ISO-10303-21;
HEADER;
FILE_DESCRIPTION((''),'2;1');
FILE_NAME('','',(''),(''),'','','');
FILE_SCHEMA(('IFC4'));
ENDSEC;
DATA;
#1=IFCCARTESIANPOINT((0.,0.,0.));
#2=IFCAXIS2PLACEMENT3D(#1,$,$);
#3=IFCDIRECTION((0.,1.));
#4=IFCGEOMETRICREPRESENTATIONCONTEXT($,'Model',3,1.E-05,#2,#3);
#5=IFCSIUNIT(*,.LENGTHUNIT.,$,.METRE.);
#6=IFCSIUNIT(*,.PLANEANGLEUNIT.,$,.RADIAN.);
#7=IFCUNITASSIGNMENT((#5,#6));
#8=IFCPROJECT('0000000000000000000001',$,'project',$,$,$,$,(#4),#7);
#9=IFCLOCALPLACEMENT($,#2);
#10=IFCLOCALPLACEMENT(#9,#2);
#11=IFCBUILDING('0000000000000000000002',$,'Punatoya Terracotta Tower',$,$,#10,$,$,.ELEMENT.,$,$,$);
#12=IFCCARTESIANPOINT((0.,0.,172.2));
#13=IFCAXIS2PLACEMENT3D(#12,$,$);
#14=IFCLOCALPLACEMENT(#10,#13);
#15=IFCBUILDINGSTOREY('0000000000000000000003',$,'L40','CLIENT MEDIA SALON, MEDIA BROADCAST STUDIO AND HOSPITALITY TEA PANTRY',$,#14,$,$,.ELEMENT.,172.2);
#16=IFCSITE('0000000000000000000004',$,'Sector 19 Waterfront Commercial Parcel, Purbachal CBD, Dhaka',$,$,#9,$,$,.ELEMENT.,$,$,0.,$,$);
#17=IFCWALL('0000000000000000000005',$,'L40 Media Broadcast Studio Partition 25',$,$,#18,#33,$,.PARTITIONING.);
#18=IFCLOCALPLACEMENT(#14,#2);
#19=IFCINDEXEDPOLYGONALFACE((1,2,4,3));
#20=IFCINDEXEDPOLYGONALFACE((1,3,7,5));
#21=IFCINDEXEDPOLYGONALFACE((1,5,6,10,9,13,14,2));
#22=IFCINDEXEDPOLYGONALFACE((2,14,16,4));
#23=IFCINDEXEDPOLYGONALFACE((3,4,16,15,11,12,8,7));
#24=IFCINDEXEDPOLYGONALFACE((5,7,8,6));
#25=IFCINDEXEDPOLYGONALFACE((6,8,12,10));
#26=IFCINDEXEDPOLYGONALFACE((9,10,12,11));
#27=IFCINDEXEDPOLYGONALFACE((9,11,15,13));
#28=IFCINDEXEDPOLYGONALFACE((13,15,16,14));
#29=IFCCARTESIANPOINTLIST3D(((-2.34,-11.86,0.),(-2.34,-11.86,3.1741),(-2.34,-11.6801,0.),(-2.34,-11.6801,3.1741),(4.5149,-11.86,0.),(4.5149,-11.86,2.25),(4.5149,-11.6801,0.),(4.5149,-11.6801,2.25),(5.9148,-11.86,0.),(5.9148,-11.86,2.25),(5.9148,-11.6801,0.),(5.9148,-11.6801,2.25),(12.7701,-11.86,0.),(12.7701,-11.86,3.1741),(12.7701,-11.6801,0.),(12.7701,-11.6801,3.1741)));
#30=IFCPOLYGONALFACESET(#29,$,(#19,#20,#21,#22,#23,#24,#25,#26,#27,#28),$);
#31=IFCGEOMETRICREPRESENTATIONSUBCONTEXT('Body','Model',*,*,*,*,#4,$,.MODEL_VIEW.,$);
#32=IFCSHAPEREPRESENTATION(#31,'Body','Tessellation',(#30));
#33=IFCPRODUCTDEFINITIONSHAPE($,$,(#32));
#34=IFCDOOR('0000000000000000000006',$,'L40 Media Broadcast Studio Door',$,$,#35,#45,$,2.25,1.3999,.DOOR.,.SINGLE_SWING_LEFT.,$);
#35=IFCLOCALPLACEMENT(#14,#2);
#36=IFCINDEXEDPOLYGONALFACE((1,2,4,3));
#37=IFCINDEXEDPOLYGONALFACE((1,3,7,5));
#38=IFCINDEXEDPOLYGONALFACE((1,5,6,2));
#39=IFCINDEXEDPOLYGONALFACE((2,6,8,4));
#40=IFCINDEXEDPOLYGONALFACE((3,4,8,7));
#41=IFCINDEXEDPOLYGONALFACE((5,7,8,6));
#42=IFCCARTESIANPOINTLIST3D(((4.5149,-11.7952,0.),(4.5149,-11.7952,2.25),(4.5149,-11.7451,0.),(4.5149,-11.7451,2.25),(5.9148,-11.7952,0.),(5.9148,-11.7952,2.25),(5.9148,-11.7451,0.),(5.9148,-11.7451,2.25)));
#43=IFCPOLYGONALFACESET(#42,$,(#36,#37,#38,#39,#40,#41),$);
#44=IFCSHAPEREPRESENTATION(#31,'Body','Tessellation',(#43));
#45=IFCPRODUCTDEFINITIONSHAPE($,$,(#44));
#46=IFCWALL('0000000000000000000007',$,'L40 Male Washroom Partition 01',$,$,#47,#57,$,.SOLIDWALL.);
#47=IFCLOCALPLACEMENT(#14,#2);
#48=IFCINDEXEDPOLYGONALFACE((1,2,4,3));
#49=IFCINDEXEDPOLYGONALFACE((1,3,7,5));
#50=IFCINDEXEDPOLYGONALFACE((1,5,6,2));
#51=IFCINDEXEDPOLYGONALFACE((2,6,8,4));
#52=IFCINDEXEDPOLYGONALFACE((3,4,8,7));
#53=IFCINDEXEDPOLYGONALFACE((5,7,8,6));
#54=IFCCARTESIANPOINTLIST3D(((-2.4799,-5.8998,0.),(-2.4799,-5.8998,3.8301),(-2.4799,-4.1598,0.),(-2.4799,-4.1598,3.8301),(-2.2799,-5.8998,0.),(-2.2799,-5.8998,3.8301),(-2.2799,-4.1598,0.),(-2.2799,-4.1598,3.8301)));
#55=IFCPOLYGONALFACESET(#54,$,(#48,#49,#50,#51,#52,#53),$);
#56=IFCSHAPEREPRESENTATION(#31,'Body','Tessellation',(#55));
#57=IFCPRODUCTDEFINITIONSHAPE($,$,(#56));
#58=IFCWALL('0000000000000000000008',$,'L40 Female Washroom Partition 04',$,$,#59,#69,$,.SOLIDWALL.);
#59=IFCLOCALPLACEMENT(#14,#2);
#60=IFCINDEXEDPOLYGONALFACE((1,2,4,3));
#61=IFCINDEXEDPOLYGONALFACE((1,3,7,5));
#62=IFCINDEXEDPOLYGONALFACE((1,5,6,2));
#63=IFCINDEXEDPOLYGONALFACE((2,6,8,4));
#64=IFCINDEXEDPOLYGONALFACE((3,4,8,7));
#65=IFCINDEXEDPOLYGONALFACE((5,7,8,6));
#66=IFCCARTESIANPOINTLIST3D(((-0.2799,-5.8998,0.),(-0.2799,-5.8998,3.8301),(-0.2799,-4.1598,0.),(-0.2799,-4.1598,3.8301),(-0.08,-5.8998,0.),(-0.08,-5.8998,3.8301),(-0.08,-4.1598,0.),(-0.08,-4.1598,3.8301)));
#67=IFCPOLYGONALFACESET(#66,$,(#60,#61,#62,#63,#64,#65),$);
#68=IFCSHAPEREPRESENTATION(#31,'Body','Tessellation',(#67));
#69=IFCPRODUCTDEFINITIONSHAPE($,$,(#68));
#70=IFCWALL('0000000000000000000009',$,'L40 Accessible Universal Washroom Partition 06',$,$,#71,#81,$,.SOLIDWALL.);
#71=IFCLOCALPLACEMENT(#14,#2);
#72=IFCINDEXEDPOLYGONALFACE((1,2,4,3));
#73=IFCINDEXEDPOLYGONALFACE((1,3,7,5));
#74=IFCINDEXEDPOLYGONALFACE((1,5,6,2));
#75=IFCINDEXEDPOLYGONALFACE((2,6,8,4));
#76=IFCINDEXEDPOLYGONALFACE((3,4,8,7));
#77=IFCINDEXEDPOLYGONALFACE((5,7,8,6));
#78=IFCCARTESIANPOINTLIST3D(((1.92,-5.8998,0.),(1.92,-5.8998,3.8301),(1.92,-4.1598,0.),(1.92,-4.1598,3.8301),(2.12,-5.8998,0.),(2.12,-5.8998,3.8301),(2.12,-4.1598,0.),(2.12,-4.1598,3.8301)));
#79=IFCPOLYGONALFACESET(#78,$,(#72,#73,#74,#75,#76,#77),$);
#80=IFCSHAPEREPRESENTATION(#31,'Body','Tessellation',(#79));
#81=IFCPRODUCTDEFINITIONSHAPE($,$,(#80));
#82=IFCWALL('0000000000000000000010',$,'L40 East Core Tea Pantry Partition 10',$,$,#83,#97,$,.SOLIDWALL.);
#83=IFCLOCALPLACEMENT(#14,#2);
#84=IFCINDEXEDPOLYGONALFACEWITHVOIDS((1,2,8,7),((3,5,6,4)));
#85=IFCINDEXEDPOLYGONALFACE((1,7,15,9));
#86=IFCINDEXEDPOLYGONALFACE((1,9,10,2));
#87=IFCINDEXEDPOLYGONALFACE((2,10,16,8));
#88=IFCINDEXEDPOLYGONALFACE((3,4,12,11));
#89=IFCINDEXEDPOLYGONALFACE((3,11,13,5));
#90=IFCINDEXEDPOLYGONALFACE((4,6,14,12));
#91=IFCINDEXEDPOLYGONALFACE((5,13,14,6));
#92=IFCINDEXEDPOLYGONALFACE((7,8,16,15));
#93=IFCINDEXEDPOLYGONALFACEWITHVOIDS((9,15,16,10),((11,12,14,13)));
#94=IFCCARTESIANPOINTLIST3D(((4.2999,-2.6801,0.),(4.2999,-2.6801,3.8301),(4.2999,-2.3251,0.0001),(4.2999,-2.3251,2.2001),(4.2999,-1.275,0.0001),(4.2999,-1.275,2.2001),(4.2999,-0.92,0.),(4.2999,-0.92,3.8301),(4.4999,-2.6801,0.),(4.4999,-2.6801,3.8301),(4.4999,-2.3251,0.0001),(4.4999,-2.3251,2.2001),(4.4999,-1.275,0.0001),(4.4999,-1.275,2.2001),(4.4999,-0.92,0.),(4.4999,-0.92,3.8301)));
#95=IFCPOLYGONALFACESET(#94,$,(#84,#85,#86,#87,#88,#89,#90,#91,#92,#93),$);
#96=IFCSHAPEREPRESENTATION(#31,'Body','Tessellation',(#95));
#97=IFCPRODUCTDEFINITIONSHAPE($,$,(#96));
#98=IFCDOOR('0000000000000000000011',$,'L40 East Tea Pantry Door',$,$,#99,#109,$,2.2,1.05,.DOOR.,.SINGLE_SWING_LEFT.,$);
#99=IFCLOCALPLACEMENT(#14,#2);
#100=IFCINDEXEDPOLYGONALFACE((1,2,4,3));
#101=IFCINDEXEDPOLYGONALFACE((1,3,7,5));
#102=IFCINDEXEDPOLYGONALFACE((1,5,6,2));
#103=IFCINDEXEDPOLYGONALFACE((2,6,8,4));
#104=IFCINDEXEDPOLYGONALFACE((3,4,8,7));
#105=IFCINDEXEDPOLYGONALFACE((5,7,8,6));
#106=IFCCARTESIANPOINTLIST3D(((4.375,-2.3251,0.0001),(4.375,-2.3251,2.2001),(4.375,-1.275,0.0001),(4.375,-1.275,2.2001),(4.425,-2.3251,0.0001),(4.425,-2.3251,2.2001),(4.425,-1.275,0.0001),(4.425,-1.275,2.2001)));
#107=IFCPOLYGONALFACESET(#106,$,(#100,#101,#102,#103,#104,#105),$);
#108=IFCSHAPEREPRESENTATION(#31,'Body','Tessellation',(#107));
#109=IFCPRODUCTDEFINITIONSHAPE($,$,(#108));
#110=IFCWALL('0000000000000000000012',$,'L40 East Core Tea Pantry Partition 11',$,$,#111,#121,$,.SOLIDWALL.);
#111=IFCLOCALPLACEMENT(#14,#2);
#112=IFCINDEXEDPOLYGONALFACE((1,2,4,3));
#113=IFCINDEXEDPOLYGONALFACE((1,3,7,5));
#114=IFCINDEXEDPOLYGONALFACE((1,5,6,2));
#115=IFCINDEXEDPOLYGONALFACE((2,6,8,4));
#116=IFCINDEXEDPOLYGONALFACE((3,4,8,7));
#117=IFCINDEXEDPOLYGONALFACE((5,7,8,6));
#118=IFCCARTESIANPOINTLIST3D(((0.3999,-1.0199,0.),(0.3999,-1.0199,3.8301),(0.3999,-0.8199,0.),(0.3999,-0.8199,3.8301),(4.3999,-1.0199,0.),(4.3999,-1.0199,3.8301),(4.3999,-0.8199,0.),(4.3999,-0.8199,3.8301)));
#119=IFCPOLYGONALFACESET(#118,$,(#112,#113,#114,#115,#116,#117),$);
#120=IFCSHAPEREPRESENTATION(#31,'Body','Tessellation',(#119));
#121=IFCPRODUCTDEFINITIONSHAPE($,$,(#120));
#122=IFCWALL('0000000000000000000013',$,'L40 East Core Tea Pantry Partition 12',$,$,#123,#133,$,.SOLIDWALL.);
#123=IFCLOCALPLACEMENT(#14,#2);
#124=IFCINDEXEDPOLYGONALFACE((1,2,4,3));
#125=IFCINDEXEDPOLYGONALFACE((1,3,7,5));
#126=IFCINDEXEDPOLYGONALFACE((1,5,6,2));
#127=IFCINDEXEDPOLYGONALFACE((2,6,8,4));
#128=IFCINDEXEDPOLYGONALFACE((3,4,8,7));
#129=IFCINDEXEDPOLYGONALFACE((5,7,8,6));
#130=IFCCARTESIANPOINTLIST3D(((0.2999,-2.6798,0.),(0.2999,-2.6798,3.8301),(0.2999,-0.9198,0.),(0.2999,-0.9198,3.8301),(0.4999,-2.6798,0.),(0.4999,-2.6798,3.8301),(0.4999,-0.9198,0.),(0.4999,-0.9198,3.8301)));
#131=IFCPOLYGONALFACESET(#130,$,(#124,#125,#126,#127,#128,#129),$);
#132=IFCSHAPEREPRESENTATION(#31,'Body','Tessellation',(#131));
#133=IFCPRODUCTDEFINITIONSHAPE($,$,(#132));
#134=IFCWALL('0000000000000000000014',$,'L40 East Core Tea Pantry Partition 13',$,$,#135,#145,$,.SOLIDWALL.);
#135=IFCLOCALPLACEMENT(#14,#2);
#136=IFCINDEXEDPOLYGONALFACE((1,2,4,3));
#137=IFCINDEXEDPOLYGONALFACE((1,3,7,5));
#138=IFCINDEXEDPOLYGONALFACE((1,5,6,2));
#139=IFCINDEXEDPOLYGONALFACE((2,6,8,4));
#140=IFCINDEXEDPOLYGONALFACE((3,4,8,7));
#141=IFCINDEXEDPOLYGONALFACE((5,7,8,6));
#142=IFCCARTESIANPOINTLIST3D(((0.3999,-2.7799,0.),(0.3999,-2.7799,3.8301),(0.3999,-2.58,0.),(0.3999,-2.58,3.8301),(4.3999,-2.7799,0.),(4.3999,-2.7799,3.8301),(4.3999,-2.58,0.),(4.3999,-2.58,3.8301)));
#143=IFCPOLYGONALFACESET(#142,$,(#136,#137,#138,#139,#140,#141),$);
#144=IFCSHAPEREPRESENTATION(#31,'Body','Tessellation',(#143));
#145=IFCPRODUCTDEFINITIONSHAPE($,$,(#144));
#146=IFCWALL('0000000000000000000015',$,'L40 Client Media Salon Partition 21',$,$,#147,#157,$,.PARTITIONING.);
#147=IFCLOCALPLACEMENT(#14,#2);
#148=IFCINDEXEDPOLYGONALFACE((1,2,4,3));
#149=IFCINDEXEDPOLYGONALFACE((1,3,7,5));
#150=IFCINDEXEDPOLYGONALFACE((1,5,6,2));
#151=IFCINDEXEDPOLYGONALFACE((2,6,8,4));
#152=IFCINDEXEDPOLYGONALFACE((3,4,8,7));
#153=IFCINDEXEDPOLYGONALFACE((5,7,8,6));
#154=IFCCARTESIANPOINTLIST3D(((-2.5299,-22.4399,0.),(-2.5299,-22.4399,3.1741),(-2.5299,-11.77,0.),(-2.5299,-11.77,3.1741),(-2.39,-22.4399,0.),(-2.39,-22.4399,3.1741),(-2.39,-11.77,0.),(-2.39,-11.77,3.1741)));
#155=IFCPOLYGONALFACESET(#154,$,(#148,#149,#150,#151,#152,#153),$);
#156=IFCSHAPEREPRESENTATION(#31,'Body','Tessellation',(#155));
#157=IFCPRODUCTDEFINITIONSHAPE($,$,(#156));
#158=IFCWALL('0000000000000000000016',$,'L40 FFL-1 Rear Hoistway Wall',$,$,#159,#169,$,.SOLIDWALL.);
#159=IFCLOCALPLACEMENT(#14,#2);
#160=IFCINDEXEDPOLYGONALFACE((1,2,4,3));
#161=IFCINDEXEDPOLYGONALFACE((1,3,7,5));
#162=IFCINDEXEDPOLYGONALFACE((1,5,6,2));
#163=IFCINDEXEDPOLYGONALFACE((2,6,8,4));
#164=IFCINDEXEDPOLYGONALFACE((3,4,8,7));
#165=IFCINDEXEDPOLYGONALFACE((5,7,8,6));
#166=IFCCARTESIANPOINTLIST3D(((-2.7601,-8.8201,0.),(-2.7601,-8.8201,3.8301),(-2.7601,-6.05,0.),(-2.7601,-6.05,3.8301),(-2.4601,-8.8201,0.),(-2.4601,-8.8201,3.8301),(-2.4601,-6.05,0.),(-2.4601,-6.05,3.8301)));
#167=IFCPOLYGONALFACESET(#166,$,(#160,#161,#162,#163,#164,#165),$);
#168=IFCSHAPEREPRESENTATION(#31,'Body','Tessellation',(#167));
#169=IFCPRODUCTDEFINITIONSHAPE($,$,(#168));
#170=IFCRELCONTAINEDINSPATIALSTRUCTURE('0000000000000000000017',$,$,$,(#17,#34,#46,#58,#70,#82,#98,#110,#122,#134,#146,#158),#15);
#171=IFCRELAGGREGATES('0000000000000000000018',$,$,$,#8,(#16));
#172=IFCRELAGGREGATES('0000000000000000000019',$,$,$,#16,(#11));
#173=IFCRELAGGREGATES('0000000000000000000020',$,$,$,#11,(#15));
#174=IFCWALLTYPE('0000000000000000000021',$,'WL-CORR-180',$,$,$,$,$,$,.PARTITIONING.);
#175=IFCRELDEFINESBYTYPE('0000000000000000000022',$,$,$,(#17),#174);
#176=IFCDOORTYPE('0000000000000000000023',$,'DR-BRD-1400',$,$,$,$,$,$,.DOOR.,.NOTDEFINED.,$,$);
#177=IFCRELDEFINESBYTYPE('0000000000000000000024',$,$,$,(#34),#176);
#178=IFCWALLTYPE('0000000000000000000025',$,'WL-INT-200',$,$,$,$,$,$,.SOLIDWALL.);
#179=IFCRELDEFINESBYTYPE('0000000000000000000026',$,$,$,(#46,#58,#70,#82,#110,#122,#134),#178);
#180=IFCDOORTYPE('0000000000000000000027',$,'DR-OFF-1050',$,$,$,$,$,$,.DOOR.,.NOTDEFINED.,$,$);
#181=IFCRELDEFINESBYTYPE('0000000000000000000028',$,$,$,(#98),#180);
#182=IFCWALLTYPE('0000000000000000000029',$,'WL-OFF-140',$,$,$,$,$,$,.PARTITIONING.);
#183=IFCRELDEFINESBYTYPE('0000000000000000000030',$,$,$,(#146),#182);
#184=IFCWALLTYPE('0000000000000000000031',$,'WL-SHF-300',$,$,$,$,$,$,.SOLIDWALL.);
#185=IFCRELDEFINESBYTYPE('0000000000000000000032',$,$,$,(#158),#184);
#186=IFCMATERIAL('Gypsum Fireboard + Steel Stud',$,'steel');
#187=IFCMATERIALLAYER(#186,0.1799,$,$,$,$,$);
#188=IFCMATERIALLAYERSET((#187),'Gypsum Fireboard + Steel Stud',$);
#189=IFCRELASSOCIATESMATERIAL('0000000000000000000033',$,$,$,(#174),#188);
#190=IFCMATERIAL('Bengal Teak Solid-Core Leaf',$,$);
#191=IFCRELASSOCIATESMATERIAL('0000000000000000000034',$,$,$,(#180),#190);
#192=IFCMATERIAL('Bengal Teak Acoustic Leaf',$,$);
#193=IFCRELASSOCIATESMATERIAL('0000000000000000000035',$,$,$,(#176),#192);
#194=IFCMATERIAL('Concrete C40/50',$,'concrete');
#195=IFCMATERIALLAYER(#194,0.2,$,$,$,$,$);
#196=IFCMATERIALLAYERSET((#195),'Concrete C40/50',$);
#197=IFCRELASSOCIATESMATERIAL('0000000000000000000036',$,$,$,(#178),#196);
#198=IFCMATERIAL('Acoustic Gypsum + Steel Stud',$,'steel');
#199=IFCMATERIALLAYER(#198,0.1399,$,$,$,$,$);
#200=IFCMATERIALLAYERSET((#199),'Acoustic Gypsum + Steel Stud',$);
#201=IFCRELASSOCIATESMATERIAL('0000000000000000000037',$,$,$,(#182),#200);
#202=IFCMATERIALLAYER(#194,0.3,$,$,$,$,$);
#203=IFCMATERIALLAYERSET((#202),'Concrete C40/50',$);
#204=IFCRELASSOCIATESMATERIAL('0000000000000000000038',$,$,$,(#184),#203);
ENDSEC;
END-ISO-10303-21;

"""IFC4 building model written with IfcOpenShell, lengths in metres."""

from ifc_helpers import new_model, si_unit, direction, frame, frame_2d, origin, place, context, subcontext, project, spatial, rectangle, extrude, material, layer, layer_set, type_object, element, fill, save


model = new_model("IFC4")

# Units and contexts
model_context = context("Model", 3, precision=1e-05, world=origin(), true_north=direction((0.0, 1.0)))
body_context = subcontext(model_context, "Body", "Model", "MODEL_VIEW")
ifc_project = project(units=[si_unit("LENGTHUNIT", "METRE"), si_unit("PLANEANGLEUNIT", "RADIAN")], contexts=[model_context])

# Site, building, storey
site_placement = place(None, origin())
site = spatial("IfcSite", under=ifc_project, at=site_placement, Name="Sector 19 Waterfront Commercial Parcel, Purbachal CBD, Dhaka", CompositionType="ELEMENT", RefElevation=0.0)
building_placement = place(site_placement, origin())
building = spatial("IfcBuilding", under=site, at=building_placement, Name="Punatoya Terracotta Tower", CompositionType="ELEMENT")
storey_placement = place(building_placement, frame((0.0, 0.0, 172.2)))
storey = spatial("IfcBuildingStorey", under=building, at=storey_placement, Name="L40", Description="CLIENT MEDIA SALON, MEDIA BROADCAST STUDIO AND HOSPITALITY TEA PANTRY", CompositionType="ELEMENT", Elevation=172.2)

# Shared definitions
ifc_material_1 = material(Name="Concrete C40/50", Category="concrete")

# Shared definitions
ifc_material_2 = material(Name="Gypsum Fireboard + Steel Stud", Category="steel")
ifc_layer_1 = layer(ifc_material_2, 0.1799)
ifc_layer_set_1 = layer_set([ifc_layer_1], Name="Gypsum Fireboard + Steel Stud")
wall_type_1 = type_object("IfcWallType", Name="WL-CORR-180", PredefinedType="PARTITIONING", material=ifc_layer_set_1)

# Wall, opening, door
ifc_material_3 = material(Name="Bengal Teak Solid-Core Leaf")
door_type_1 = type_object("IfcDoorType", Name="DR-OFF-1050", OperationType="NOTDEFINED", PredefinedType="DOOR", material=ifc_material_3)
wall_1_placement = place(storey_placement, frame((-2.3401, -11.77, 0.0), z_axis=(0.0, 0.0, 1.0), x_axis=(1.0, 0.0, 0.0)))
wall_1 = element("IfcWall", 1, at=wall_1_placement, inside=storey, type_object=wall_type_1, Name="L40 Media Broadcast Studio Partition 25", PredefinedType="PARTITIONING", context=body_context, shape_type="SweptSolid", body=[
    extrude(rectangle(XDim=15.1101, YDim=0.1799, at=frame_2d((7.5552, 0.0))), origin(), (0.0, 0.0, 1.0), 3.1741),
])
opening_1_placement = place(wall_1_placement, frame((6.855, 0.0, 0.0)))
opening_1 = element("IfcOpeningElement", 2, at=opening_1_placement, cuts=wall_1, PredefinedType="OPENING", context=body_context, shape_type="SweptSolid", body=[
    extrude(rectangle(XDim=1.3999, YDim=2.25, at=frame_2d((0.7, 1.125))), frame((0.0, 0.0999, 0.0), z_axis=(0.0, -1.0, 0.0), x_axis=(1.0, 0.0, 0.0)), (0.0, 0.0, 1.0), 0.2),
])
ifc_material_4 = material(Name="Bengal Teak Acoustic Leaf")
door_type_2 = type_object("IfcDoorType", Name="DR-BRD-1400", OperationType="NOTDEFINED", PredefinedType="DOOR", material=ifc_material_4)
door_1_placement = place(opening_1_placement, origin())
door_1 = element("IfcDoor", 3, at=door_1_placement, inside=storey, type_object=door_type_2, Name="L40 Media Broadcast Studio Door", OperationType="SINGLE_SWING_LEFT", OverallHeight=2.25, OverallWidth=1.3999, PredefinedType="DOOR", context=body_context, shape_type="SweptSolid", body=[
    extrude(rectangle(XDim=1.3999, YDim=2.25, at=frame_2d((0.7, 1.125))), frame((0.0, 0.0249, 0.0), z_axis=(0.0, -1.0, 0.0), x_axis=(1.0, 0.0, 0.0)), (0.0, 0.0, 1.0), 0.05),
])
fill(opening_1, door_1)

# Wall
ifc_layer_2 = layer(ifc_material_1, 0.2)
ifc_layer_set_2 = layer_set([ifc_layer_2], Name="Concrete C40/50")
wall_type_2 = type_object("IfcWallType", Name="WL-INT-200", PredefinedType="SOLIDWALL", material=ifc_layer_set_2)
wall_2_placement = place(storey_placement, frame((-2.3799, -5.8999, 0.0), z_axis=(0.0, 0.0, 1.0), x_axis=(0.0, 1.0, 0.0)))
element("IfcWall", 4, at=wall_2_placement, inside=storey, type_object=wall_type_2, Name="L40 Male Washroom Partition 01", PredefinedType="SOLIDWALL", context=body_context, shape_type="SweptSolid", body=[
    extrude(rectangle(XDim=1.74, YDim=0.2, at=frame_2d((0.8701, 0.0))), origin(), (0.0, 0.0, 1.0), 3.8301),
])

# Wall
wall_3_placement = place(storey_placement, frame((-0.1799, -5.8999, 0.0), z_axis=(0.0, 0.0, 1.0), x_axis=(0.0, 1.0, 0.0)))
element("IfcWall", 5, at=wall_3_placement, inside=storey, type_object=wall_type_2, Name="L40 Female Washroom Partition 04", PredefinedType="SOLIDWALL", context=body_context, shape_type="SweptSolid", body=[
    extrude(rectangle(XDim=1.74, YDim=0.2, at=frame_2d((0.8701, 0.0))), origin(), (0.0, 0.0, 1.0), 3.8301),
])

# Wall
wall_4_placement = place(storey_placement, frame((2.02, -5.8999, 0.0), z_axis=(0.0, 0.0, 1.0), x_axis=(0.0, 1.0, 0.0)))
element("IfcWall", 6, at=wall_4_placement, inside=storey, type_object=wall_type_2, Name="L40 Accessible Universal Washroom Partition 06", PredefinedType="SOLIDWALL", context=body_context, shape_type="SweptSolid", body=[
    extrude(rectangle(XDim=1.74, YDim=0.2, at=frame_2d((0.8701, 0.0))), origin(), (0.0, 0.0, 1.0), 3.8301),
])

# Wall, opening, door
wall_5_placement = place(storey_placement, frame((4.3999, -2.6799, 0.0), z_axis=(0.0, 0.0, 1.0), x_axis=(0.0, 1.0, 0.0)))
wall_5 = element("IfcWall", 7, at=wall_5_placement, inside=storey, type_object=wall_type_2, Name="L40 East Core Tea Pantry Partition 10", PredefinedType="SOLIDWALL", context=body_context, shape_type="SweptSolid", body=[
    extrude(rectangle(XDim=1.76, YDim=0.2, at=frame_2d((0.8799, 0.0))), origin(), (0.0, 0.0, 1.0), 3.8301),
])
opening_2_placement = place(wall_5_placement, frame((0.355, 0.0, 0.0)))
opening_2 = element("IfcOpeningElement", 8, at=opening_2_placement, cuts=wall_5, PredefinedType="OPENING", context=body_context, shape_type="SweptSolid", body=[
    extrude(rectangle(XDim=1.05, YDim=2.2, at=frame_2d((0.5249, 1.1001))), frame((0.0, 0.1099, 0.0), z_axis=(0.0, -1.0, 0.0), x_axis=(1.0, 0.0, 0.0)), (0.0, 0.0, 1.0), 0.22),
])
door_2_placement = place(opening_2_placement, origin())
door_2 = element("IfcDoor", 9, at=door_2_placement, inside=storey, type_object=door_type_1, Name="L40 East Tea Pantry Door", OperationType="SINGLE_SWING_LEFT", OverallHeight=2.2, OverallWidth=1.05, PredefinedType="DOOR", context=body_context, shape_type="SweptSolid", body=[
    extrude(rectangle(XDim=1.05, YDim=2.2, at=frame_2d((0.5249, 1.1001))), frame((0.0, 0.0249, 0.0), z_axis=(0.0, -1.0, 0.0), x_axis=(1.0, 0.0, 0.0)), (0.0, 0.0, 1.0), 0.05),
])
fill(opening_2, door_2)

# Walls
wall_6_placement = place(storey_placement, frame((4.3999, -0.9199, 0.0), z_axis=(0.0, 0.0, 1.0), x_axis=(-1.0, 0.0, 0.0)))
element("IfcWall", 10, at=wall_6_placement, inside=storey, type_object=wall_type_2, Name="L40 East Core Tea Pantry Partition 11", PredefinedType="SOLIDWALL", context=body_context, shape_type="SweptSolid", body=[
    extrude(rectangle(XDim=4.0, YDim=0.2, at=frame_2d((2.0, 0.0))), origin(), (0.0, 0.0, 1.0), 3.8301),
])
wall_7_placement = place(storey_placement, frame((0.3999, -0.9199, 0.0), z_axis=(0.0, 0.0, 1.0), x_axis=(0.0, -1.0, 0.0)))
element("IfcWall", 11, at=wall_7_placement, inside=storey, type_object=wall_type_2, Name="L40 East Core Tea Pantry Partition 12", PredefinedType="SOLIDWALL", context=body_context, shape_type="SweptSolid", body=[
    extrude(rectangle(XDim=1.76, YDim=0.2, at=frame_2d((0.8799, 0.0))), origin(), (0.0, 0.0, 1.0), 3.8301),
])
wall_8_placement = place(storey_placement, frame((0.3999, -2.6799, 0.0), z_axis=(0.0, 0.0, 1.0), x_axis=(1.0, 0.0, 0.0)))
element("IfcWall", 12, at=wall_8_placement, inside=storey, type_object=wall_type_2, Name="L40 East Core Tea Pantry Partition 13", PredefinedType="SOLIDWALL", context=body_context, shape_type="SweptSolid", body=[
    extrude(rectangle(XDim=4.0, YDim=0.2, at=frame_2d((2.0, 0.0))), origin(), (0.0, 0.0, 1.0), 3.8301),
])
ifc_material_5 = material(Name="Acoustic Gypsum + Steel Stud", Category="steel")
ifc_layer_3 = layer(ifc_material_5, 0.1399)
ifc_layer_set_3 = layer_set([ifc_layer_3], Name="Acoustic Gypsum + Steel Stud")
wall_type_3 = type_object("IfcWallType", Name="WL-OFF-140", PredefinedType="PARTITIONING", material=ifc_layer_set_3)
wall_9_placement = place(storey_placement, frame((-2.46, -11.77, 0.0), z_axis=(0.0, 0.0, 1.0), x_axis=(0.0, -1.0, 0.0)))
element("IfcWall", 13, at=wall_9_placement, inside=storey, type_object=wall_type_3, Name="L40 Client Media Salon Partition 21", PredefinedType="PARTITIONING", context=body_context, shape_type="SweptSolid", body=[
    extrude(rectangle(XDim=10.6699, YDim=0.1399, at=frame_2d((5.335, 0.0))), origin(), (0.0, 0.0, 1.0), 3.1741),
])
ifc_layer_4 = layer(ifc_material_1, 0.3)
ifc_layer_set_4 = layer_set([ifc_layer_4], Name="Concrete C40/50")
wall_type_4 = type_object("IfcWallType", Name="WL-SHF-300", PredefinedType="SOLIDWALL", material=ifc_layer_set_4)
wall_10_placement = place(storey_placement, frame((-2.6101, -8.8201, 0.0), z_axis=(0.0, 0.0, 1.0), x_axis=(0.0, 1.0, 0.0)))
element("IfcWall", 14, at=wall_10_placement, inside=storey, type_object=wall_type_4, Name="L40 FFL-1 Rear Hoistway Wall", PredefinedType="SOLIDWALL", context=body_context, shape_type="SweptSolid", body=[
    extrude(rectangle(XDim=2.77, YDim=0.3, at=frame_2d((1.385, 0.0))), origin(), (0.0, 0.0, 1.0), 3.8301),
])

save(model, "model.ifc")
